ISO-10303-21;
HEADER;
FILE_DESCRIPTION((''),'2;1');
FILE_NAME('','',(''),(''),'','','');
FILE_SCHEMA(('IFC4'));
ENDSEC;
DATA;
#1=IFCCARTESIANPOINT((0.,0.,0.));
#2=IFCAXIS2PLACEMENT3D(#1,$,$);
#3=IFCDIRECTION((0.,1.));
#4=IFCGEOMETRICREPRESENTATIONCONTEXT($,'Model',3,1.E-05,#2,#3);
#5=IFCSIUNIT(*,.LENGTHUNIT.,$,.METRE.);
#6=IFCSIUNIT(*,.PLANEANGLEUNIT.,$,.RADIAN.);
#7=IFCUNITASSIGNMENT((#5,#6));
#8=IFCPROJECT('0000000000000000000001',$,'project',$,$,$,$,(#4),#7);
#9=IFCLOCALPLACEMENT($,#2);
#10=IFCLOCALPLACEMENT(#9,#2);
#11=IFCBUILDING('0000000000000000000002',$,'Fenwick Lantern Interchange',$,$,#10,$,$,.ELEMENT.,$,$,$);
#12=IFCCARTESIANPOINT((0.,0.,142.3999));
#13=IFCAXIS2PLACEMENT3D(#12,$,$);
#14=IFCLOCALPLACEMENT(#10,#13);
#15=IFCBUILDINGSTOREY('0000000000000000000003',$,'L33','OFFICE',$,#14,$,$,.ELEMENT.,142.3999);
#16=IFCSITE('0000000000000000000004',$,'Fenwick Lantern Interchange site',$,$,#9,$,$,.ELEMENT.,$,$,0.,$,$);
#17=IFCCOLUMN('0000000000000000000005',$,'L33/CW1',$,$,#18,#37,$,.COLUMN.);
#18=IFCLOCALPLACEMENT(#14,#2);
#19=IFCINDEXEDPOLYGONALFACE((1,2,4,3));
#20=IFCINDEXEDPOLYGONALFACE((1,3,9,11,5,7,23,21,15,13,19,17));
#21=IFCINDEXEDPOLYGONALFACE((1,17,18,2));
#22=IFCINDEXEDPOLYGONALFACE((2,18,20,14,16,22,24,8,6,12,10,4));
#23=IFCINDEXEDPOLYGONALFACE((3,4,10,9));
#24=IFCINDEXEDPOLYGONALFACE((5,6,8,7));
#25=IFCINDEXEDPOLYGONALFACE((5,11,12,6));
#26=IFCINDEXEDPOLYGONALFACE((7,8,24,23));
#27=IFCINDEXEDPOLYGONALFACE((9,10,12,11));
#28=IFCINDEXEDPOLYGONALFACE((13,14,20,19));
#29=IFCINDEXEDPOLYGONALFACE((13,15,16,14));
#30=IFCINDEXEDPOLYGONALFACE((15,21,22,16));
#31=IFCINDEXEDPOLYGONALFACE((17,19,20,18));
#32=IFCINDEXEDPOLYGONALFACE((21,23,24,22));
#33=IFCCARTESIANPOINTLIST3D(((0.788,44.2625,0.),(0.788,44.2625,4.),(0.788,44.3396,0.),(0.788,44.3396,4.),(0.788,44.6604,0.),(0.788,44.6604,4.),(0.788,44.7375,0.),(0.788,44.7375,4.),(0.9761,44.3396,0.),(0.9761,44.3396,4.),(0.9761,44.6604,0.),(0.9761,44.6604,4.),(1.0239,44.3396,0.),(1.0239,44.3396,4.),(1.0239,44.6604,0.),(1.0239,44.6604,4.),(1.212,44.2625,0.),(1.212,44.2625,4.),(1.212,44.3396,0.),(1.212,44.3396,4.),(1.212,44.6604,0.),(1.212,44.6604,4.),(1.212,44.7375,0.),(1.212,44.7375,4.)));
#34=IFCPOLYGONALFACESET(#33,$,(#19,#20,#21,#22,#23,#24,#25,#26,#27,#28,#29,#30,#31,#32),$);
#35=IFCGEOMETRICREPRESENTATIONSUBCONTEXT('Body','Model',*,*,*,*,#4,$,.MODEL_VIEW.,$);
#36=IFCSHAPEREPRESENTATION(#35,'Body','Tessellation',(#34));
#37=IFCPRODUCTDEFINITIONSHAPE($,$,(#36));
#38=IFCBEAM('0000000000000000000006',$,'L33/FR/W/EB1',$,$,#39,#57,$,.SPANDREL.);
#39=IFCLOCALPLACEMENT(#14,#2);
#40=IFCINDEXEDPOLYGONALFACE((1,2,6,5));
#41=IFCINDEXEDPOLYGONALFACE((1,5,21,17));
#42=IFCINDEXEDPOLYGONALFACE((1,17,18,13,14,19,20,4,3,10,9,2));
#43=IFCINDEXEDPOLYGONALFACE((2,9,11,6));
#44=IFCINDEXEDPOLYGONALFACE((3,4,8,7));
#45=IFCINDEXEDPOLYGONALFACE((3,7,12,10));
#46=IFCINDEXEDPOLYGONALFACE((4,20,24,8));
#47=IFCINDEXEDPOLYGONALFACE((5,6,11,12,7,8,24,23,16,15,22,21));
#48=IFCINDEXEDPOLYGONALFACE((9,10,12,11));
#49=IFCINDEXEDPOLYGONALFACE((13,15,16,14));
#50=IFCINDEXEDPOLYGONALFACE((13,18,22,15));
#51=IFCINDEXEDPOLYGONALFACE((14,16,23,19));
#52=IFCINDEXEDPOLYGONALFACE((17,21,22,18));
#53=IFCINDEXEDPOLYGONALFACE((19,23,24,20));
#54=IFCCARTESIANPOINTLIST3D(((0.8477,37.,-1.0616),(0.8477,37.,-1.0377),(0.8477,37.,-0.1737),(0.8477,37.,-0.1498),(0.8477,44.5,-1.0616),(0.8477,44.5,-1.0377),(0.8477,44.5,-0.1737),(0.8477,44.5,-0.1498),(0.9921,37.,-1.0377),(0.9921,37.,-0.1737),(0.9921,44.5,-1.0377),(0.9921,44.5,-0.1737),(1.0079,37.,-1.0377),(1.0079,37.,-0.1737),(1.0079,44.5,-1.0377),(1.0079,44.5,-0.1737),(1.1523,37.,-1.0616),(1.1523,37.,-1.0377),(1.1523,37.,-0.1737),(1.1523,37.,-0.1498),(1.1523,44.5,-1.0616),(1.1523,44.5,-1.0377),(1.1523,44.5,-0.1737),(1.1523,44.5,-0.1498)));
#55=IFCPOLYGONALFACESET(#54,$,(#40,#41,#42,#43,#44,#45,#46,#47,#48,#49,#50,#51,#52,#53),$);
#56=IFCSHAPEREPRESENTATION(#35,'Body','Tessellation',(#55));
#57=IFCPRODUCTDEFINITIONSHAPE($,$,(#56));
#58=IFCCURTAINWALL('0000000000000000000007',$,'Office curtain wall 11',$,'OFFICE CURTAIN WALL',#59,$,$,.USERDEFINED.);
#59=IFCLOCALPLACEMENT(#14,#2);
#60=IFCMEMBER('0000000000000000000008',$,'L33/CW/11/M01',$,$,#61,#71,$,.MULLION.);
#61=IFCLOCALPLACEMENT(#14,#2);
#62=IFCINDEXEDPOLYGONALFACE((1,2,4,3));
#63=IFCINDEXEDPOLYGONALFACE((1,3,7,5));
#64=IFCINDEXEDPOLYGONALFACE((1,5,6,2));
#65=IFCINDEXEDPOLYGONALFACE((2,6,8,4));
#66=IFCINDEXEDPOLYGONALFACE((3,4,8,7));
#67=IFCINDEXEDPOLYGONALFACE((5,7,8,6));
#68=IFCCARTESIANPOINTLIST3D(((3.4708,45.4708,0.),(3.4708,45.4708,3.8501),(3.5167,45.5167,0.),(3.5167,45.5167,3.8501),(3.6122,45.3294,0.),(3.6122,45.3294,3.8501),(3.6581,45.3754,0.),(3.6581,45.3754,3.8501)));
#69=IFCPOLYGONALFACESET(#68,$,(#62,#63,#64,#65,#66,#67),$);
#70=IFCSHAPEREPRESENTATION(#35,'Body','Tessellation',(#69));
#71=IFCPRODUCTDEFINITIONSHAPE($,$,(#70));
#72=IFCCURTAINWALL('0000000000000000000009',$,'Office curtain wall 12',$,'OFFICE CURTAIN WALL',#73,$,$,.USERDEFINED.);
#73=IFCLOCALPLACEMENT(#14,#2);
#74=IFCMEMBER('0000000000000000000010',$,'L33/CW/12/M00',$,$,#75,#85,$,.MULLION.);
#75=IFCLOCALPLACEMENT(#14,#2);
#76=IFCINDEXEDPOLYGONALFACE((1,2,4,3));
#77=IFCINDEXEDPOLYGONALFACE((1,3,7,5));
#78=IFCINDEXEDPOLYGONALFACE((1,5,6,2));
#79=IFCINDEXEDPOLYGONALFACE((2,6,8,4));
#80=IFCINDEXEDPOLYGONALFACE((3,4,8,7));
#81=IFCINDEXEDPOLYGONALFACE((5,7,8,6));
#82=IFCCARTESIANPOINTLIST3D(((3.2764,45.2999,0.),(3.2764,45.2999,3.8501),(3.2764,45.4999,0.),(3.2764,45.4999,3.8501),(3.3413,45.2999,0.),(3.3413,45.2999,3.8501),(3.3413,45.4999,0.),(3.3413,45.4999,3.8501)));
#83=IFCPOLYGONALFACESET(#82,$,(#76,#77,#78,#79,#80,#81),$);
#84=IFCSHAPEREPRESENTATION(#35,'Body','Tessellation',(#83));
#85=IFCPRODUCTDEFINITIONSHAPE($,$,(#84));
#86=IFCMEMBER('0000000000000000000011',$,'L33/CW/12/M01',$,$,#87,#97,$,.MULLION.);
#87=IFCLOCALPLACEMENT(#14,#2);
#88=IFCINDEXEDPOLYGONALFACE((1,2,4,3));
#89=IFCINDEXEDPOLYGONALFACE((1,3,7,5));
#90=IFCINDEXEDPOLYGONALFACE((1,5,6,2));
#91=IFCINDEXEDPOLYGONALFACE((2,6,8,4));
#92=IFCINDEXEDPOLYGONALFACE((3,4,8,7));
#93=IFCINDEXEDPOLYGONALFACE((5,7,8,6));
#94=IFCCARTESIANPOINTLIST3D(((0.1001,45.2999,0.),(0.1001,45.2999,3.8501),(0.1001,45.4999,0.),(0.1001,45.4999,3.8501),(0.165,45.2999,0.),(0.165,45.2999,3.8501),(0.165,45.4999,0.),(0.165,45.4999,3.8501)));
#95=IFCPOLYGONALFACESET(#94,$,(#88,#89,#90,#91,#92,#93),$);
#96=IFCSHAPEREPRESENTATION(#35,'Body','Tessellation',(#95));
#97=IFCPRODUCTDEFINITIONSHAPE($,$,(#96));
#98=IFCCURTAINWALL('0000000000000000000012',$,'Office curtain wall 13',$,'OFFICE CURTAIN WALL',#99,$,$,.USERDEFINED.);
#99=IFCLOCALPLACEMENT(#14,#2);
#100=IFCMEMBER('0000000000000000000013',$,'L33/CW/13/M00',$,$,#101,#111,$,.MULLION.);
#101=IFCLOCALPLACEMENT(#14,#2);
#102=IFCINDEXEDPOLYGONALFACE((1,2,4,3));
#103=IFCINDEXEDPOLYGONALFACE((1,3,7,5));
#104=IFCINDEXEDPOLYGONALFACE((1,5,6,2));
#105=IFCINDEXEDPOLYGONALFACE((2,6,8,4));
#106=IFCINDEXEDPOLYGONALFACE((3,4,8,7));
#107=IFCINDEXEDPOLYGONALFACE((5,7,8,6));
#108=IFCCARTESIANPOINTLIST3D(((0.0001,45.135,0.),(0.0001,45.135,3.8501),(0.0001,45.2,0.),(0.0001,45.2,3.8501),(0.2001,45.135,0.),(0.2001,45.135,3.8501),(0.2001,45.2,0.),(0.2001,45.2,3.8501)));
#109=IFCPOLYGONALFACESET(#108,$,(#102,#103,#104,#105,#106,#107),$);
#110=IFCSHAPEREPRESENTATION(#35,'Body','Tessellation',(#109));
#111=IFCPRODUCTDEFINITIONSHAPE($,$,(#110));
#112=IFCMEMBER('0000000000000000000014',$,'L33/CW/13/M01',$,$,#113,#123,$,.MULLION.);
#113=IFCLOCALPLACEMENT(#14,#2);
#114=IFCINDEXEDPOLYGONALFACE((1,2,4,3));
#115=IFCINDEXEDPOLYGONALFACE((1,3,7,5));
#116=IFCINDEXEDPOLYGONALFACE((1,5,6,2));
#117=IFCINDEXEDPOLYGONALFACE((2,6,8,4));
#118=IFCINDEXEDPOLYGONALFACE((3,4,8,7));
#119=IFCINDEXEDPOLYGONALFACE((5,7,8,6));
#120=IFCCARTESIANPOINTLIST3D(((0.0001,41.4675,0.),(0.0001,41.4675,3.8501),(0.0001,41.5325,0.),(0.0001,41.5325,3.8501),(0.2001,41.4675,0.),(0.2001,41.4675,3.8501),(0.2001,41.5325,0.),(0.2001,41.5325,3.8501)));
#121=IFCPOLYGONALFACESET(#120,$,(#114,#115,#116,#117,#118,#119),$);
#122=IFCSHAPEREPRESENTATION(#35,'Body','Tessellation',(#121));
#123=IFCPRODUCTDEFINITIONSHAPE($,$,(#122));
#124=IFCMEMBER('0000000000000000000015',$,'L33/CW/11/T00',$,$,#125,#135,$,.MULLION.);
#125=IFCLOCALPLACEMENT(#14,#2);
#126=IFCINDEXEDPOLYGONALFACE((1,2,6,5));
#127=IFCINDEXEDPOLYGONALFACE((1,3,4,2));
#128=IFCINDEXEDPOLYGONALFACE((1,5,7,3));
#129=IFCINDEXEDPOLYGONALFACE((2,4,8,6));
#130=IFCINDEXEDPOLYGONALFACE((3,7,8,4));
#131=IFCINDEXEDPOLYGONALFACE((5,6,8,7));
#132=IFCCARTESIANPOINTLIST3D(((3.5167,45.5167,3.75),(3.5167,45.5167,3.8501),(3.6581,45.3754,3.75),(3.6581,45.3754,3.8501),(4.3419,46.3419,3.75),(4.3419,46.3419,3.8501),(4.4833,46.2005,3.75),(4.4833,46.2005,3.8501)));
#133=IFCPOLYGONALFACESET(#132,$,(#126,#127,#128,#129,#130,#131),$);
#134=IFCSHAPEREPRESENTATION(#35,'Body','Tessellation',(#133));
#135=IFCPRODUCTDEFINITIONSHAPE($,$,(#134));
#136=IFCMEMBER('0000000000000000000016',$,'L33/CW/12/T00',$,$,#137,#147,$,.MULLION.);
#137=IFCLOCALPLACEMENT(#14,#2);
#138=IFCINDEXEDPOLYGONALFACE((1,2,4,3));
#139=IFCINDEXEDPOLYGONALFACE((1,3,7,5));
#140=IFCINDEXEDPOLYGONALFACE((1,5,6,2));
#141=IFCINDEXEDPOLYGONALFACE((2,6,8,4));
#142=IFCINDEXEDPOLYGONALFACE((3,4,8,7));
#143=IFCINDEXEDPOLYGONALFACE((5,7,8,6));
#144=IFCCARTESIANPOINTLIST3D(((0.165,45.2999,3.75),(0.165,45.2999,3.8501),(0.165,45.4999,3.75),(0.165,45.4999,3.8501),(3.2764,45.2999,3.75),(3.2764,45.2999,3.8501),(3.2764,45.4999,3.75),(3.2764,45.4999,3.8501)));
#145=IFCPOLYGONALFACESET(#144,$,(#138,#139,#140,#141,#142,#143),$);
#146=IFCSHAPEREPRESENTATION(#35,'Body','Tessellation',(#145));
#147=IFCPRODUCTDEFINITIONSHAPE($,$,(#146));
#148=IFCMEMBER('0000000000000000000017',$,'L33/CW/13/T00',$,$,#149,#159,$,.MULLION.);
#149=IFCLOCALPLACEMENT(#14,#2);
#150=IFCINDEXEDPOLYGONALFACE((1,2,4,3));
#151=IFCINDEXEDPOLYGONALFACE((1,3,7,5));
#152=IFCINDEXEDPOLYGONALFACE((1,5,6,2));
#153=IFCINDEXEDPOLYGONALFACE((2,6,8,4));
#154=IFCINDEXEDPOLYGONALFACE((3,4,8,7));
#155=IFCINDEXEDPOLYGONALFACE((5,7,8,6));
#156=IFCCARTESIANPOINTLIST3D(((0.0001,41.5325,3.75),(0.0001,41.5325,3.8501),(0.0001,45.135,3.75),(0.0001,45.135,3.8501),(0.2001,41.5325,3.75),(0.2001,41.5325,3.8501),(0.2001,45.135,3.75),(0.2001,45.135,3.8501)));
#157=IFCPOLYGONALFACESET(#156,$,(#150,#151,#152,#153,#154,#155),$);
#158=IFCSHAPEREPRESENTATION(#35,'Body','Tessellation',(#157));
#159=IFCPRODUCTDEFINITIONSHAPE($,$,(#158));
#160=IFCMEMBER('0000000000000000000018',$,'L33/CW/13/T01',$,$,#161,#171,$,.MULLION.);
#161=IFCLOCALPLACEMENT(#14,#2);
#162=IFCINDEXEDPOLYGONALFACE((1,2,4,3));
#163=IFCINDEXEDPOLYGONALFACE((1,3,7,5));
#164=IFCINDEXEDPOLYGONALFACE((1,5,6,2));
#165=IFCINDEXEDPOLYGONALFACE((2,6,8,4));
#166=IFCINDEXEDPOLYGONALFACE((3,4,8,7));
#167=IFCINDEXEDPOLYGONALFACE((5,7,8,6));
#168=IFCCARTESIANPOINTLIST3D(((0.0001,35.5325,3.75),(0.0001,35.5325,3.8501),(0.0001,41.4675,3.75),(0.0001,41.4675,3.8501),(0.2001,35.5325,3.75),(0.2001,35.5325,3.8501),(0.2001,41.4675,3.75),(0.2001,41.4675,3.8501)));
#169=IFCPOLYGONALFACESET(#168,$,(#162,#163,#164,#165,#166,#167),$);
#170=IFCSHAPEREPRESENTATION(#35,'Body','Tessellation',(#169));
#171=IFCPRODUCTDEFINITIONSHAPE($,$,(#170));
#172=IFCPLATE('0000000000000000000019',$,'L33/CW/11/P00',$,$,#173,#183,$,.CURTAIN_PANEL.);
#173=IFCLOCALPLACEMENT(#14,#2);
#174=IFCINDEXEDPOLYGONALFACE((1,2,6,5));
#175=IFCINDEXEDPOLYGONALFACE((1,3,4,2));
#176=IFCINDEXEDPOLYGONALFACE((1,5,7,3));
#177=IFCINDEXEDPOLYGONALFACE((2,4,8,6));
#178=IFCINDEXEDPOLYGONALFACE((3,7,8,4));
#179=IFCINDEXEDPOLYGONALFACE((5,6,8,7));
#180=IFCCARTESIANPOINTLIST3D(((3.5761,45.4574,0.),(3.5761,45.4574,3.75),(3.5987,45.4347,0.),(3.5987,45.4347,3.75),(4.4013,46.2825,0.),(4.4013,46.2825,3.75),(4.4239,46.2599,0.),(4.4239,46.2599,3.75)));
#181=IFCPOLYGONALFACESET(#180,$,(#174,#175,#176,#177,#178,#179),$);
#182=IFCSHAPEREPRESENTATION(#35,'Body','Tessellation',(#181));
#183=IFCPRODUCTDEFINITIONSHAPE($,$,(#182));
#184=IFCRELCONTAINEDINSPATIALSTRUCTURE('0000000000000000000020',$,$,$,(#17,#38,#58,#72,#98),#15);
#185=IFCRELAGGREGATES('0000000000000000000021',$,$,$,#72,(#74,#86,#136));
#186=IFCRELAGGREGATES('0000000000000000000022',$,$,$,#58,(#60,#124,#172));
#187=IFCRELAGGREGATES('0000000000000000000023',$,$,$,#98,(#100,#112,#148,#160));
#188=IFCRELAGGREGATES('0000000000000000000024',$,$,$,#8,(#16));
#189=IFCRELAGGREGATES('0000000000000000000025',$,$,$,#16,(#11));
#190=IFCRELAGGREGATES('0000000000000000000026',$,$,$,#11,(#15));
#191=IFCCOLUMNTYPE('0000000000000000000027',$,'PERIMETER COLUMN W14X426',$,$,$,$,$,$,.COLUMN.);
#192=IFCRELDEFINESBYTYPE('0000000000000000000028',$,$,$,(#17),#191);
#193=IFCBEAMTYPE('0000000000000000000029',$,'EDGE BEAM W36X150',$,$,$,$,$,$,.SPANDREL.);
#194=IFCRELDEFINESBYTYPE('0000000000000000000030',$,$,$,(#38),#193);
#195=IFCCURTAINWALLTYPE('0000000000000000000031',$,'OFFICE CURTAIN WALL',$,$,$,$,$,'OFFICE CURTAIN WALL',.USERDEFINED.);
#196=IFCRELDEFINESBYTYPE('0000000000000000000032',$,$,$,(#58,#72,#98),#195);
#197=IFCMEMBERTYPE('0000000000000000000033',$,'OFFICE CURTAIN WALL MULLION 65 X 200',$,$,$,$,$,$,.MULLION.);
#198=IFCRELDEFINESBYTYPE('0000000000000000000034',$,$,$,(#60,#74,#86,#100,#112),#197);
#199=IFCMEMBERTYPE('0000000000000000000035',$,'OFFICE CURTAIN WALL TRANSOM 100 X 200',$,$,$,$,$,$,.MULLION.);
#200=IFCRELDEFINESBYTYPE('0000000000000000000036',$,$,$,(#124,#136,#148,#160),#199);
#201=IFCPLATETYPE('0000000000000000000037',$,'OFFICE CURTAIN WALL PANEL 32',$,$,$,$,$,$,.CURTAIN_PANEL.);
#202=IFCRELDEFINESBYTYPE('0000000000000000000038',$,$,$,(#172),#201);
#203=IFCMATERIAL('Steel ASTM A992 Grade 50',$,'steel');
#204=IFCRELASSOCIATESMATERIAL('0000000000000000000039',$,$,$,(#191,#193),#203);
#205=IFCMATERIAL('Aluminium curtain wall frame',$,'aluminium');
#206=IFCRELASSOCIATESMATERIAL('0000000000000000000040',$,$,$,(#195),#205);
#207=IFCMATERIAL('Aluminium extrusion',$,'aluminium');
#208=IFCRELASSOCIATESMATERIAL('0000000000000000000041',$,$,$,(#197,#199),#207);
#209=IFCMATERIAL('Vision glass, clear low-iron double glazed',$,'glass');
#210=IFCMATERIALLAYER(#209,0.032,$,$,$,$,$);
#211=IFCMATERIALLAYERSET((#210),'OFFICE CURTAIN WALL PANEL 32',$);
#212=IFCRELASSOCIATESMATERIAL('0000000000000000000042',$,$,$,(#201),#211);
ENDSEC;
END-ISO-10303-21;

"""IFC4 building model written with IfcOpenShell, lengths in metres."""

from ifc_helpers import new_model, si_unit, direction, frame, origin, origin_2d, place, context, subcontext, project, spatial, rectangle, i_section, extrude, material, layer, layer_set, material_profile, profile_set, type_object, element, aggregate, save


model = new_model("IFC4")

# Units and contexts
model_context = context("Model", 3, precision=1e-05, world=origin(), true_north=direction((0.0, 1.0)))
body_context = subcontext(model_context, "Body", "Model", "MODEL_VIEW")
ifc_project = project(units=[si_unit("LENGTHUNIT", "METRE"), si_unit("PLANEANGLEUNIT", "RADIAN")], contexts=[model_context])

# Site, building, storey
site_placement = place(None, origin())
site = spatial("IfcSite", under=ifc_project, at=site_placement, Name="Fenwick Lantern Interchange site", CompositionType="ELEMENT", RefElevation=0.0)
building_placement = place(site_placement, origin())
building = spatial("IfcBuilding", under=site, at=building_placement, Name="Fenwick Lantern Interchange", CompositionType="ELEMENT")
storey_placement = place(building_placement, frame((0.0, 0.0, 142.3999)))
storey = spatial("IfcBuildingStorey", under=building, at=storey_placement, Name="L33", Description="OFFICE", CompositionType="ELEMENT", Elevation=142.3999)

# Column
ifc_material_1 = material(Name="Steel ASTM A992 Grade 50", Category="steel")
ifc_material_profile_1 = material_profile(ifc_material_1, i_section(OverallWidth=0.4241, OverallDepth=0.4751, WebThickness=0.0479, FlangeThickness=0.0771, at=origin_2d()), Name="W14X426")
ifc_profile_set_1 = profile_set([ifc_material_profile_1], Name="Steel ASTM A992 Grade 50")
column_type = type_object("IfcColumnType", Name="PERIMETER COLUMN W14X426", PredefinedType="COLUMN", material=ifc_profile_set_1)
column_placement = place(storey_placement, frame((1.0, 44.5, 0.0), z_axis=(0.0, 0.0, 1.0), x_axis=(1.0, 0.0, 0.0)))
element("IfcColumn", 1, at=column_placement, inside=storey, type_object=column_type, Name="L33/CW1", PredefinedType="COLUMN", context=body_context, shape_type="SweptSolid", body=[
    extrude(i_section(OverallWidth=0.4241, OverallDepth=0.4751, WebThickness=0.0479, FlangeThickness=0.0771, at=origin_2d()), origin(), (0.0, 0.0, 1.0), 4.0),
])

# Beam
ifc_material_profile_2 = material_profile(ifc_material_1, i_section(OverallWidth=0.3047, OverallDepth=0.9119, WebThickness=0.0159, FlangeThickness=0.0239, at=origin_2d()), Name="W36X150")
ifc_profile_set_2 = profile_set([ifc_material_profile_2], Name="Steel ASTM A992 Grade 50")
beam_type = type_object("IfcBeamType", Name="EDGE BEAM W36X150", PredefinedType="SPANDREL", material=ifc_profile_set_2)
beam_placement = place(storey_placement, frame((1.0, 44.5, -0.6057), z_axis=(0.0, -1.0, 0.0), x_axis=(1.0, 0.0, 0.0)))
element("IfcBeam", 2, at=beam_placement, inside=storey, type_object=beam_type, Name="L33/FR/W/EB1", PredefinedType="SPANDREL", context=body_context, shape_type="SweptSolid", body=[
    extrude(i_section(OverallWidth=0.3047, OverallDepth=0.9119, WebThickness=0.0159, FlangeThickness=0.0239, at=origin_2d()), origin(), (0.0, 0.0, 1.0), 7.5),
])

# Curtain wall, member
ifc_material_2 = material(Name="Aluminium curtain wall frame", Category="aluminium")
curtain_wall_type = type_object("IfcCurtainWallType", Name="OFFICE CURTAIN WALL", ElementType="OFFICE CURTAIN WALL", PredefinedType="USERDEFINED", material=ifc_material_2)
curtain_wall_1_placement = place(storey_placement, origin())
curtain_wall_1 = element("IfcCurtainWall", 3, at=curtain_wall_1_placement, inside=storey, type_object=curtain_wall_type, Name="Office curtain wall 11", ObjectType="OFFICE CURTAIN WALL", PredefinedType="USERDEFINED")
ifc_material_3 = material(Name="Aluminium extrusion", Category="aluminium")
ifc_material_profile_3 = material_profile(ifc_material_3, rectangle(XDim=0.2, YDim=0.0649, at=origin_2d()), Name="OFFICE CURTAIN WALL MULLION 65 X 200")
ifc_profile_set_3 = profile_set([ifc_material_profile_3], Name="Aluminium extrusion")
member_type_1 = type_object("IfcMemberType", Name="OFFICE CURTAIN WALL MULLION 65 X 200", PredefinedType="MULLION", material=ifc_profile_set_3)
member_1_placement = place(storey_placement, frame((3.5645, 45.4231, 0.0), z_axis=(0.0, 0.0, 1.0), x_axis=(0.707107, -0.707107, 0.0)))
member_1 = element("IfcMember", 4, at=member_1_placement, type_object=member_type_1, Name="L33/CW/11/M01", PredefinedType="MULLION", context=body_context, shape_type="SweptSolid", body=[
    extrude(rectangle(XDim=0.2, YDim=0.0649, at=origin_2d()), origin(), (0.0, 0.0, 1.0), 3.8501),
])

# Curtain walls, members
curtain_wall_2_placement = place(storey_placement, origin())
curtain_wall_2 = element("IfcCurtainWall", 5, at=curtain_wall_2_placement, inside=storey, type_object=curtain_wall_type, Name="Office curtain wall 12", ObjectType="OFFICE CURTAIN WALL", PredefinedType="USERDEFINED")
member_2_placement = place(storey_placement, frame((3.3088, 45.3999, 0.0), z_axis=(0.0, 0.0, 1.0), x_axis=(0.0, -1.0, 0.0)))
member_2 = element("IfcMember", 6, at=member_2_placement, type_object=member_type_1, Name="L33/CW/12/M00", PredefinedType="MULLION", context=body_context, shape_type="SweptSolid", body=[
    extrude(rectangle(XDim=0.2, YDim=0.0649, at=origin_2d()), origin(), (0.0, 0.0, 1.0), 3.8501),
])
member_3_placement = place(storey_placement, frame((0.1326, 45.3999, 0.0), z_axis=(0.0, 0.0, 1.0), x_axis=(0.0, -1.0, 0.0)))
member_3 = element("IfcMember", 7, at=member_3_placement, type_object=member_type_1, Name="L33/CW/12/M01", PredefinedType="MULLION", context=body_context, shape_type="SweptSolid", body=[
    extrude(rectangle(XDim=0.2, YDim=0.0649, at=origin_2d()), origin(), (0.0, 0.0, 1.0), 3.8501),
])
curtain_wall_3_placement = place(storey_placement, origin())
curtain_wall_3 = element("IfcCurtainWall", 8, at=curtain_wall_3_placement, inside=storey, type_object=curtain_wall_type, Name="Office curtain wall 13", ObjectType="OFFICE CURTAIN WALL", PredefinedType="USERDEFINED")
member_4_placement = place(storey_placement, frame((0.1001, 45.1675, 0.0), z_axis=(0.0, 0.0, 1.0), x_axis=(1.0, 0.0, 0.0)))
member_4 = element("IfcMember", 9, at=member_4_placement, type_object=member_type_1, Name="L33/CW/13/M00", PredefinedType="MULLION", context=body_context, shape_type="SweptSolid", body=[
    extrude(rectangle(XDim=0.2, YDim=0.0649, at=origin_2d()), origin(), (0.0, 0.0, 1.0), 3.8501),
])
member_5_placement = place(storey_placement, frame((0.1001, 41.5, 0.0), z_axis=(0.0, 0.0, 1.0), x_axis=(1.0, 0.0, 0.0)))
member_5 = element("IfcMember", 10, at=member_5_placement, type_object=member_type_1, Name="L33/CW/13/M01", PredefinedType="MULLION", context=body_context, shape_type="SweptSolid", body=[
    extrude(rectangle(XDim=0.2, YDim=0.0649, at=origin_2d()), origin(), (0.0, 0.0, 1.0), 3.8501),
])

# Members
ifc_material_profile_4 = material_profile(ifc_material_3, rectangle(XDim=0.2, YDim=0.1001, at=origin_2d()), Name="OFFICE CURTAIN WALL TRANSOM 100 X 200")
ifc_profile_set_4 = profile_set([ifc_material_profile_4], Name="Aluminium extrusion")
member_type_2 = type_object("IfcMemberType", Name="OFFICE CURTAIN WALL TRANSOM 100 X 200", PredefinedType="MULLION", material=ifc_profile_set_4)
member_6_placement = place(storey_placement, frame((4.4126, 46.2712, 3.8), z_axis=(-0.707107, -0.707107, 0.0), x_axis=(0.707107, -0.707107, 0.0)))
member_6 = element("IfcMember", 11, at=member_6_placement, type_object=member_type_2, Name="L33/CW/11/T00", PredefinedType="MULLION", context=body_context, shape_type="SweptSolid", body=[
    extrude(rectangle(XDim=0.2, YDim=0.1001, at=origin_2d()), origin(), (0.0, 0.0, 1.0), 1.167),
])
member_7_placement = place(storey_placement, frame((3.2764, 45.3999, 3.8), z_axis=(-1.0, 0.0, 0.0), x_axis=(0.0, -1.0, 0.0)))
member_7 = element("IfcMember", 12, at=member_7_placement, type_object=member_type_2, Name="L33/CW/12/T00", PredefinedType="MULLION", context=body_context, shape_type="SweptSolid", body=[
    extrude(rectangle(XDim=0.2, YDim=0.1001, at=origin_2d()), origin(), (0.0, 0.0, 1.0), 3.1113),
])
aggregate(curtain_wall_2, [member_2, member_3, member_7])
member_8_placement = place(storey_placement, frame((0.1001, 45.135, 3.8), z_axis=(0.0, -1.0, 0.0), x_axis=(1.0, 0.0, 0.0)))
member_8 = element("IfcMember", 13, at=member_8_placement, type_object=member_type_2, Name="L33/CW/13/T00", PredefinedType="MULLION", context=body_context, shape_type="SweptSolid", body=[
    extrude(rectangle(XDim=0.2, YDim=0.1001, at=origin_2d()), origin(), (0.0, 0.0, 1.0), 3.6025),
])
member_9_placement = place(storey_placement, frame((0.1001, 41.4675, 3.8), z_axis=(0.0, -1.0, 0.0), x_axis=(1.0, 0.0, 0.0)))
member_9 = element("IfcMember", 14, at=member_9_placement, type_object=member_type_2, Name="L33/CW/13/T01", PredefinedType="MULLION", context=body_context, shape_type="SweptSolid", body=[
    extrude(rectangle(XDim=0.2, YDim=0.1001, at=origin_2d()), origin(), (0.0, 0.0, 1.0), 5.9351),
])

# Plate
ifc_material_4 = material(Name="Vision glass, clear low-iron double glazed", Category="glass")
ifc_layer_1 = layer(ifc_material_4, 0.032)
ifc_layer_set_1 = layer_set([ifc_layer_1], Name="OFFICE CURTAIN WALL PANEL 32")
plate_type = type_object("IfcPlateType", Name="OFFICE CURTAIN WALL PANEL 32", PredefinedType="CURTAIN_PANEL", material=ifc_layer_set_1)
plate_1_placement = place(storey_placement, frame((4.0, 45.8586, 0.0), z_axis=(0.0, 0.0, 1.0), x_axis=(-0.707107, -0.707107, 0.0)))
plate_1 = element("IfcPlate", 15, at=plate_1_placement, type_object=plate_type, Name="L33/CW/11/P00", PredefinedType="CURTAIN_PANEL", context=body_context, shape_type="SweptSolid", body=[
    extrude(rectangle(XDim=1.167, YDim=0.032, at=origin_2d()), origin(), (0.0, 0.0, 1.0), 3.75),
])
aggregate(curtain_wall_1, [member_1, member_6, plate_1])
aggregate(curtain_wall_3, [member_4, member_5, member_8, member_9])

save(model, "model.ifc")
